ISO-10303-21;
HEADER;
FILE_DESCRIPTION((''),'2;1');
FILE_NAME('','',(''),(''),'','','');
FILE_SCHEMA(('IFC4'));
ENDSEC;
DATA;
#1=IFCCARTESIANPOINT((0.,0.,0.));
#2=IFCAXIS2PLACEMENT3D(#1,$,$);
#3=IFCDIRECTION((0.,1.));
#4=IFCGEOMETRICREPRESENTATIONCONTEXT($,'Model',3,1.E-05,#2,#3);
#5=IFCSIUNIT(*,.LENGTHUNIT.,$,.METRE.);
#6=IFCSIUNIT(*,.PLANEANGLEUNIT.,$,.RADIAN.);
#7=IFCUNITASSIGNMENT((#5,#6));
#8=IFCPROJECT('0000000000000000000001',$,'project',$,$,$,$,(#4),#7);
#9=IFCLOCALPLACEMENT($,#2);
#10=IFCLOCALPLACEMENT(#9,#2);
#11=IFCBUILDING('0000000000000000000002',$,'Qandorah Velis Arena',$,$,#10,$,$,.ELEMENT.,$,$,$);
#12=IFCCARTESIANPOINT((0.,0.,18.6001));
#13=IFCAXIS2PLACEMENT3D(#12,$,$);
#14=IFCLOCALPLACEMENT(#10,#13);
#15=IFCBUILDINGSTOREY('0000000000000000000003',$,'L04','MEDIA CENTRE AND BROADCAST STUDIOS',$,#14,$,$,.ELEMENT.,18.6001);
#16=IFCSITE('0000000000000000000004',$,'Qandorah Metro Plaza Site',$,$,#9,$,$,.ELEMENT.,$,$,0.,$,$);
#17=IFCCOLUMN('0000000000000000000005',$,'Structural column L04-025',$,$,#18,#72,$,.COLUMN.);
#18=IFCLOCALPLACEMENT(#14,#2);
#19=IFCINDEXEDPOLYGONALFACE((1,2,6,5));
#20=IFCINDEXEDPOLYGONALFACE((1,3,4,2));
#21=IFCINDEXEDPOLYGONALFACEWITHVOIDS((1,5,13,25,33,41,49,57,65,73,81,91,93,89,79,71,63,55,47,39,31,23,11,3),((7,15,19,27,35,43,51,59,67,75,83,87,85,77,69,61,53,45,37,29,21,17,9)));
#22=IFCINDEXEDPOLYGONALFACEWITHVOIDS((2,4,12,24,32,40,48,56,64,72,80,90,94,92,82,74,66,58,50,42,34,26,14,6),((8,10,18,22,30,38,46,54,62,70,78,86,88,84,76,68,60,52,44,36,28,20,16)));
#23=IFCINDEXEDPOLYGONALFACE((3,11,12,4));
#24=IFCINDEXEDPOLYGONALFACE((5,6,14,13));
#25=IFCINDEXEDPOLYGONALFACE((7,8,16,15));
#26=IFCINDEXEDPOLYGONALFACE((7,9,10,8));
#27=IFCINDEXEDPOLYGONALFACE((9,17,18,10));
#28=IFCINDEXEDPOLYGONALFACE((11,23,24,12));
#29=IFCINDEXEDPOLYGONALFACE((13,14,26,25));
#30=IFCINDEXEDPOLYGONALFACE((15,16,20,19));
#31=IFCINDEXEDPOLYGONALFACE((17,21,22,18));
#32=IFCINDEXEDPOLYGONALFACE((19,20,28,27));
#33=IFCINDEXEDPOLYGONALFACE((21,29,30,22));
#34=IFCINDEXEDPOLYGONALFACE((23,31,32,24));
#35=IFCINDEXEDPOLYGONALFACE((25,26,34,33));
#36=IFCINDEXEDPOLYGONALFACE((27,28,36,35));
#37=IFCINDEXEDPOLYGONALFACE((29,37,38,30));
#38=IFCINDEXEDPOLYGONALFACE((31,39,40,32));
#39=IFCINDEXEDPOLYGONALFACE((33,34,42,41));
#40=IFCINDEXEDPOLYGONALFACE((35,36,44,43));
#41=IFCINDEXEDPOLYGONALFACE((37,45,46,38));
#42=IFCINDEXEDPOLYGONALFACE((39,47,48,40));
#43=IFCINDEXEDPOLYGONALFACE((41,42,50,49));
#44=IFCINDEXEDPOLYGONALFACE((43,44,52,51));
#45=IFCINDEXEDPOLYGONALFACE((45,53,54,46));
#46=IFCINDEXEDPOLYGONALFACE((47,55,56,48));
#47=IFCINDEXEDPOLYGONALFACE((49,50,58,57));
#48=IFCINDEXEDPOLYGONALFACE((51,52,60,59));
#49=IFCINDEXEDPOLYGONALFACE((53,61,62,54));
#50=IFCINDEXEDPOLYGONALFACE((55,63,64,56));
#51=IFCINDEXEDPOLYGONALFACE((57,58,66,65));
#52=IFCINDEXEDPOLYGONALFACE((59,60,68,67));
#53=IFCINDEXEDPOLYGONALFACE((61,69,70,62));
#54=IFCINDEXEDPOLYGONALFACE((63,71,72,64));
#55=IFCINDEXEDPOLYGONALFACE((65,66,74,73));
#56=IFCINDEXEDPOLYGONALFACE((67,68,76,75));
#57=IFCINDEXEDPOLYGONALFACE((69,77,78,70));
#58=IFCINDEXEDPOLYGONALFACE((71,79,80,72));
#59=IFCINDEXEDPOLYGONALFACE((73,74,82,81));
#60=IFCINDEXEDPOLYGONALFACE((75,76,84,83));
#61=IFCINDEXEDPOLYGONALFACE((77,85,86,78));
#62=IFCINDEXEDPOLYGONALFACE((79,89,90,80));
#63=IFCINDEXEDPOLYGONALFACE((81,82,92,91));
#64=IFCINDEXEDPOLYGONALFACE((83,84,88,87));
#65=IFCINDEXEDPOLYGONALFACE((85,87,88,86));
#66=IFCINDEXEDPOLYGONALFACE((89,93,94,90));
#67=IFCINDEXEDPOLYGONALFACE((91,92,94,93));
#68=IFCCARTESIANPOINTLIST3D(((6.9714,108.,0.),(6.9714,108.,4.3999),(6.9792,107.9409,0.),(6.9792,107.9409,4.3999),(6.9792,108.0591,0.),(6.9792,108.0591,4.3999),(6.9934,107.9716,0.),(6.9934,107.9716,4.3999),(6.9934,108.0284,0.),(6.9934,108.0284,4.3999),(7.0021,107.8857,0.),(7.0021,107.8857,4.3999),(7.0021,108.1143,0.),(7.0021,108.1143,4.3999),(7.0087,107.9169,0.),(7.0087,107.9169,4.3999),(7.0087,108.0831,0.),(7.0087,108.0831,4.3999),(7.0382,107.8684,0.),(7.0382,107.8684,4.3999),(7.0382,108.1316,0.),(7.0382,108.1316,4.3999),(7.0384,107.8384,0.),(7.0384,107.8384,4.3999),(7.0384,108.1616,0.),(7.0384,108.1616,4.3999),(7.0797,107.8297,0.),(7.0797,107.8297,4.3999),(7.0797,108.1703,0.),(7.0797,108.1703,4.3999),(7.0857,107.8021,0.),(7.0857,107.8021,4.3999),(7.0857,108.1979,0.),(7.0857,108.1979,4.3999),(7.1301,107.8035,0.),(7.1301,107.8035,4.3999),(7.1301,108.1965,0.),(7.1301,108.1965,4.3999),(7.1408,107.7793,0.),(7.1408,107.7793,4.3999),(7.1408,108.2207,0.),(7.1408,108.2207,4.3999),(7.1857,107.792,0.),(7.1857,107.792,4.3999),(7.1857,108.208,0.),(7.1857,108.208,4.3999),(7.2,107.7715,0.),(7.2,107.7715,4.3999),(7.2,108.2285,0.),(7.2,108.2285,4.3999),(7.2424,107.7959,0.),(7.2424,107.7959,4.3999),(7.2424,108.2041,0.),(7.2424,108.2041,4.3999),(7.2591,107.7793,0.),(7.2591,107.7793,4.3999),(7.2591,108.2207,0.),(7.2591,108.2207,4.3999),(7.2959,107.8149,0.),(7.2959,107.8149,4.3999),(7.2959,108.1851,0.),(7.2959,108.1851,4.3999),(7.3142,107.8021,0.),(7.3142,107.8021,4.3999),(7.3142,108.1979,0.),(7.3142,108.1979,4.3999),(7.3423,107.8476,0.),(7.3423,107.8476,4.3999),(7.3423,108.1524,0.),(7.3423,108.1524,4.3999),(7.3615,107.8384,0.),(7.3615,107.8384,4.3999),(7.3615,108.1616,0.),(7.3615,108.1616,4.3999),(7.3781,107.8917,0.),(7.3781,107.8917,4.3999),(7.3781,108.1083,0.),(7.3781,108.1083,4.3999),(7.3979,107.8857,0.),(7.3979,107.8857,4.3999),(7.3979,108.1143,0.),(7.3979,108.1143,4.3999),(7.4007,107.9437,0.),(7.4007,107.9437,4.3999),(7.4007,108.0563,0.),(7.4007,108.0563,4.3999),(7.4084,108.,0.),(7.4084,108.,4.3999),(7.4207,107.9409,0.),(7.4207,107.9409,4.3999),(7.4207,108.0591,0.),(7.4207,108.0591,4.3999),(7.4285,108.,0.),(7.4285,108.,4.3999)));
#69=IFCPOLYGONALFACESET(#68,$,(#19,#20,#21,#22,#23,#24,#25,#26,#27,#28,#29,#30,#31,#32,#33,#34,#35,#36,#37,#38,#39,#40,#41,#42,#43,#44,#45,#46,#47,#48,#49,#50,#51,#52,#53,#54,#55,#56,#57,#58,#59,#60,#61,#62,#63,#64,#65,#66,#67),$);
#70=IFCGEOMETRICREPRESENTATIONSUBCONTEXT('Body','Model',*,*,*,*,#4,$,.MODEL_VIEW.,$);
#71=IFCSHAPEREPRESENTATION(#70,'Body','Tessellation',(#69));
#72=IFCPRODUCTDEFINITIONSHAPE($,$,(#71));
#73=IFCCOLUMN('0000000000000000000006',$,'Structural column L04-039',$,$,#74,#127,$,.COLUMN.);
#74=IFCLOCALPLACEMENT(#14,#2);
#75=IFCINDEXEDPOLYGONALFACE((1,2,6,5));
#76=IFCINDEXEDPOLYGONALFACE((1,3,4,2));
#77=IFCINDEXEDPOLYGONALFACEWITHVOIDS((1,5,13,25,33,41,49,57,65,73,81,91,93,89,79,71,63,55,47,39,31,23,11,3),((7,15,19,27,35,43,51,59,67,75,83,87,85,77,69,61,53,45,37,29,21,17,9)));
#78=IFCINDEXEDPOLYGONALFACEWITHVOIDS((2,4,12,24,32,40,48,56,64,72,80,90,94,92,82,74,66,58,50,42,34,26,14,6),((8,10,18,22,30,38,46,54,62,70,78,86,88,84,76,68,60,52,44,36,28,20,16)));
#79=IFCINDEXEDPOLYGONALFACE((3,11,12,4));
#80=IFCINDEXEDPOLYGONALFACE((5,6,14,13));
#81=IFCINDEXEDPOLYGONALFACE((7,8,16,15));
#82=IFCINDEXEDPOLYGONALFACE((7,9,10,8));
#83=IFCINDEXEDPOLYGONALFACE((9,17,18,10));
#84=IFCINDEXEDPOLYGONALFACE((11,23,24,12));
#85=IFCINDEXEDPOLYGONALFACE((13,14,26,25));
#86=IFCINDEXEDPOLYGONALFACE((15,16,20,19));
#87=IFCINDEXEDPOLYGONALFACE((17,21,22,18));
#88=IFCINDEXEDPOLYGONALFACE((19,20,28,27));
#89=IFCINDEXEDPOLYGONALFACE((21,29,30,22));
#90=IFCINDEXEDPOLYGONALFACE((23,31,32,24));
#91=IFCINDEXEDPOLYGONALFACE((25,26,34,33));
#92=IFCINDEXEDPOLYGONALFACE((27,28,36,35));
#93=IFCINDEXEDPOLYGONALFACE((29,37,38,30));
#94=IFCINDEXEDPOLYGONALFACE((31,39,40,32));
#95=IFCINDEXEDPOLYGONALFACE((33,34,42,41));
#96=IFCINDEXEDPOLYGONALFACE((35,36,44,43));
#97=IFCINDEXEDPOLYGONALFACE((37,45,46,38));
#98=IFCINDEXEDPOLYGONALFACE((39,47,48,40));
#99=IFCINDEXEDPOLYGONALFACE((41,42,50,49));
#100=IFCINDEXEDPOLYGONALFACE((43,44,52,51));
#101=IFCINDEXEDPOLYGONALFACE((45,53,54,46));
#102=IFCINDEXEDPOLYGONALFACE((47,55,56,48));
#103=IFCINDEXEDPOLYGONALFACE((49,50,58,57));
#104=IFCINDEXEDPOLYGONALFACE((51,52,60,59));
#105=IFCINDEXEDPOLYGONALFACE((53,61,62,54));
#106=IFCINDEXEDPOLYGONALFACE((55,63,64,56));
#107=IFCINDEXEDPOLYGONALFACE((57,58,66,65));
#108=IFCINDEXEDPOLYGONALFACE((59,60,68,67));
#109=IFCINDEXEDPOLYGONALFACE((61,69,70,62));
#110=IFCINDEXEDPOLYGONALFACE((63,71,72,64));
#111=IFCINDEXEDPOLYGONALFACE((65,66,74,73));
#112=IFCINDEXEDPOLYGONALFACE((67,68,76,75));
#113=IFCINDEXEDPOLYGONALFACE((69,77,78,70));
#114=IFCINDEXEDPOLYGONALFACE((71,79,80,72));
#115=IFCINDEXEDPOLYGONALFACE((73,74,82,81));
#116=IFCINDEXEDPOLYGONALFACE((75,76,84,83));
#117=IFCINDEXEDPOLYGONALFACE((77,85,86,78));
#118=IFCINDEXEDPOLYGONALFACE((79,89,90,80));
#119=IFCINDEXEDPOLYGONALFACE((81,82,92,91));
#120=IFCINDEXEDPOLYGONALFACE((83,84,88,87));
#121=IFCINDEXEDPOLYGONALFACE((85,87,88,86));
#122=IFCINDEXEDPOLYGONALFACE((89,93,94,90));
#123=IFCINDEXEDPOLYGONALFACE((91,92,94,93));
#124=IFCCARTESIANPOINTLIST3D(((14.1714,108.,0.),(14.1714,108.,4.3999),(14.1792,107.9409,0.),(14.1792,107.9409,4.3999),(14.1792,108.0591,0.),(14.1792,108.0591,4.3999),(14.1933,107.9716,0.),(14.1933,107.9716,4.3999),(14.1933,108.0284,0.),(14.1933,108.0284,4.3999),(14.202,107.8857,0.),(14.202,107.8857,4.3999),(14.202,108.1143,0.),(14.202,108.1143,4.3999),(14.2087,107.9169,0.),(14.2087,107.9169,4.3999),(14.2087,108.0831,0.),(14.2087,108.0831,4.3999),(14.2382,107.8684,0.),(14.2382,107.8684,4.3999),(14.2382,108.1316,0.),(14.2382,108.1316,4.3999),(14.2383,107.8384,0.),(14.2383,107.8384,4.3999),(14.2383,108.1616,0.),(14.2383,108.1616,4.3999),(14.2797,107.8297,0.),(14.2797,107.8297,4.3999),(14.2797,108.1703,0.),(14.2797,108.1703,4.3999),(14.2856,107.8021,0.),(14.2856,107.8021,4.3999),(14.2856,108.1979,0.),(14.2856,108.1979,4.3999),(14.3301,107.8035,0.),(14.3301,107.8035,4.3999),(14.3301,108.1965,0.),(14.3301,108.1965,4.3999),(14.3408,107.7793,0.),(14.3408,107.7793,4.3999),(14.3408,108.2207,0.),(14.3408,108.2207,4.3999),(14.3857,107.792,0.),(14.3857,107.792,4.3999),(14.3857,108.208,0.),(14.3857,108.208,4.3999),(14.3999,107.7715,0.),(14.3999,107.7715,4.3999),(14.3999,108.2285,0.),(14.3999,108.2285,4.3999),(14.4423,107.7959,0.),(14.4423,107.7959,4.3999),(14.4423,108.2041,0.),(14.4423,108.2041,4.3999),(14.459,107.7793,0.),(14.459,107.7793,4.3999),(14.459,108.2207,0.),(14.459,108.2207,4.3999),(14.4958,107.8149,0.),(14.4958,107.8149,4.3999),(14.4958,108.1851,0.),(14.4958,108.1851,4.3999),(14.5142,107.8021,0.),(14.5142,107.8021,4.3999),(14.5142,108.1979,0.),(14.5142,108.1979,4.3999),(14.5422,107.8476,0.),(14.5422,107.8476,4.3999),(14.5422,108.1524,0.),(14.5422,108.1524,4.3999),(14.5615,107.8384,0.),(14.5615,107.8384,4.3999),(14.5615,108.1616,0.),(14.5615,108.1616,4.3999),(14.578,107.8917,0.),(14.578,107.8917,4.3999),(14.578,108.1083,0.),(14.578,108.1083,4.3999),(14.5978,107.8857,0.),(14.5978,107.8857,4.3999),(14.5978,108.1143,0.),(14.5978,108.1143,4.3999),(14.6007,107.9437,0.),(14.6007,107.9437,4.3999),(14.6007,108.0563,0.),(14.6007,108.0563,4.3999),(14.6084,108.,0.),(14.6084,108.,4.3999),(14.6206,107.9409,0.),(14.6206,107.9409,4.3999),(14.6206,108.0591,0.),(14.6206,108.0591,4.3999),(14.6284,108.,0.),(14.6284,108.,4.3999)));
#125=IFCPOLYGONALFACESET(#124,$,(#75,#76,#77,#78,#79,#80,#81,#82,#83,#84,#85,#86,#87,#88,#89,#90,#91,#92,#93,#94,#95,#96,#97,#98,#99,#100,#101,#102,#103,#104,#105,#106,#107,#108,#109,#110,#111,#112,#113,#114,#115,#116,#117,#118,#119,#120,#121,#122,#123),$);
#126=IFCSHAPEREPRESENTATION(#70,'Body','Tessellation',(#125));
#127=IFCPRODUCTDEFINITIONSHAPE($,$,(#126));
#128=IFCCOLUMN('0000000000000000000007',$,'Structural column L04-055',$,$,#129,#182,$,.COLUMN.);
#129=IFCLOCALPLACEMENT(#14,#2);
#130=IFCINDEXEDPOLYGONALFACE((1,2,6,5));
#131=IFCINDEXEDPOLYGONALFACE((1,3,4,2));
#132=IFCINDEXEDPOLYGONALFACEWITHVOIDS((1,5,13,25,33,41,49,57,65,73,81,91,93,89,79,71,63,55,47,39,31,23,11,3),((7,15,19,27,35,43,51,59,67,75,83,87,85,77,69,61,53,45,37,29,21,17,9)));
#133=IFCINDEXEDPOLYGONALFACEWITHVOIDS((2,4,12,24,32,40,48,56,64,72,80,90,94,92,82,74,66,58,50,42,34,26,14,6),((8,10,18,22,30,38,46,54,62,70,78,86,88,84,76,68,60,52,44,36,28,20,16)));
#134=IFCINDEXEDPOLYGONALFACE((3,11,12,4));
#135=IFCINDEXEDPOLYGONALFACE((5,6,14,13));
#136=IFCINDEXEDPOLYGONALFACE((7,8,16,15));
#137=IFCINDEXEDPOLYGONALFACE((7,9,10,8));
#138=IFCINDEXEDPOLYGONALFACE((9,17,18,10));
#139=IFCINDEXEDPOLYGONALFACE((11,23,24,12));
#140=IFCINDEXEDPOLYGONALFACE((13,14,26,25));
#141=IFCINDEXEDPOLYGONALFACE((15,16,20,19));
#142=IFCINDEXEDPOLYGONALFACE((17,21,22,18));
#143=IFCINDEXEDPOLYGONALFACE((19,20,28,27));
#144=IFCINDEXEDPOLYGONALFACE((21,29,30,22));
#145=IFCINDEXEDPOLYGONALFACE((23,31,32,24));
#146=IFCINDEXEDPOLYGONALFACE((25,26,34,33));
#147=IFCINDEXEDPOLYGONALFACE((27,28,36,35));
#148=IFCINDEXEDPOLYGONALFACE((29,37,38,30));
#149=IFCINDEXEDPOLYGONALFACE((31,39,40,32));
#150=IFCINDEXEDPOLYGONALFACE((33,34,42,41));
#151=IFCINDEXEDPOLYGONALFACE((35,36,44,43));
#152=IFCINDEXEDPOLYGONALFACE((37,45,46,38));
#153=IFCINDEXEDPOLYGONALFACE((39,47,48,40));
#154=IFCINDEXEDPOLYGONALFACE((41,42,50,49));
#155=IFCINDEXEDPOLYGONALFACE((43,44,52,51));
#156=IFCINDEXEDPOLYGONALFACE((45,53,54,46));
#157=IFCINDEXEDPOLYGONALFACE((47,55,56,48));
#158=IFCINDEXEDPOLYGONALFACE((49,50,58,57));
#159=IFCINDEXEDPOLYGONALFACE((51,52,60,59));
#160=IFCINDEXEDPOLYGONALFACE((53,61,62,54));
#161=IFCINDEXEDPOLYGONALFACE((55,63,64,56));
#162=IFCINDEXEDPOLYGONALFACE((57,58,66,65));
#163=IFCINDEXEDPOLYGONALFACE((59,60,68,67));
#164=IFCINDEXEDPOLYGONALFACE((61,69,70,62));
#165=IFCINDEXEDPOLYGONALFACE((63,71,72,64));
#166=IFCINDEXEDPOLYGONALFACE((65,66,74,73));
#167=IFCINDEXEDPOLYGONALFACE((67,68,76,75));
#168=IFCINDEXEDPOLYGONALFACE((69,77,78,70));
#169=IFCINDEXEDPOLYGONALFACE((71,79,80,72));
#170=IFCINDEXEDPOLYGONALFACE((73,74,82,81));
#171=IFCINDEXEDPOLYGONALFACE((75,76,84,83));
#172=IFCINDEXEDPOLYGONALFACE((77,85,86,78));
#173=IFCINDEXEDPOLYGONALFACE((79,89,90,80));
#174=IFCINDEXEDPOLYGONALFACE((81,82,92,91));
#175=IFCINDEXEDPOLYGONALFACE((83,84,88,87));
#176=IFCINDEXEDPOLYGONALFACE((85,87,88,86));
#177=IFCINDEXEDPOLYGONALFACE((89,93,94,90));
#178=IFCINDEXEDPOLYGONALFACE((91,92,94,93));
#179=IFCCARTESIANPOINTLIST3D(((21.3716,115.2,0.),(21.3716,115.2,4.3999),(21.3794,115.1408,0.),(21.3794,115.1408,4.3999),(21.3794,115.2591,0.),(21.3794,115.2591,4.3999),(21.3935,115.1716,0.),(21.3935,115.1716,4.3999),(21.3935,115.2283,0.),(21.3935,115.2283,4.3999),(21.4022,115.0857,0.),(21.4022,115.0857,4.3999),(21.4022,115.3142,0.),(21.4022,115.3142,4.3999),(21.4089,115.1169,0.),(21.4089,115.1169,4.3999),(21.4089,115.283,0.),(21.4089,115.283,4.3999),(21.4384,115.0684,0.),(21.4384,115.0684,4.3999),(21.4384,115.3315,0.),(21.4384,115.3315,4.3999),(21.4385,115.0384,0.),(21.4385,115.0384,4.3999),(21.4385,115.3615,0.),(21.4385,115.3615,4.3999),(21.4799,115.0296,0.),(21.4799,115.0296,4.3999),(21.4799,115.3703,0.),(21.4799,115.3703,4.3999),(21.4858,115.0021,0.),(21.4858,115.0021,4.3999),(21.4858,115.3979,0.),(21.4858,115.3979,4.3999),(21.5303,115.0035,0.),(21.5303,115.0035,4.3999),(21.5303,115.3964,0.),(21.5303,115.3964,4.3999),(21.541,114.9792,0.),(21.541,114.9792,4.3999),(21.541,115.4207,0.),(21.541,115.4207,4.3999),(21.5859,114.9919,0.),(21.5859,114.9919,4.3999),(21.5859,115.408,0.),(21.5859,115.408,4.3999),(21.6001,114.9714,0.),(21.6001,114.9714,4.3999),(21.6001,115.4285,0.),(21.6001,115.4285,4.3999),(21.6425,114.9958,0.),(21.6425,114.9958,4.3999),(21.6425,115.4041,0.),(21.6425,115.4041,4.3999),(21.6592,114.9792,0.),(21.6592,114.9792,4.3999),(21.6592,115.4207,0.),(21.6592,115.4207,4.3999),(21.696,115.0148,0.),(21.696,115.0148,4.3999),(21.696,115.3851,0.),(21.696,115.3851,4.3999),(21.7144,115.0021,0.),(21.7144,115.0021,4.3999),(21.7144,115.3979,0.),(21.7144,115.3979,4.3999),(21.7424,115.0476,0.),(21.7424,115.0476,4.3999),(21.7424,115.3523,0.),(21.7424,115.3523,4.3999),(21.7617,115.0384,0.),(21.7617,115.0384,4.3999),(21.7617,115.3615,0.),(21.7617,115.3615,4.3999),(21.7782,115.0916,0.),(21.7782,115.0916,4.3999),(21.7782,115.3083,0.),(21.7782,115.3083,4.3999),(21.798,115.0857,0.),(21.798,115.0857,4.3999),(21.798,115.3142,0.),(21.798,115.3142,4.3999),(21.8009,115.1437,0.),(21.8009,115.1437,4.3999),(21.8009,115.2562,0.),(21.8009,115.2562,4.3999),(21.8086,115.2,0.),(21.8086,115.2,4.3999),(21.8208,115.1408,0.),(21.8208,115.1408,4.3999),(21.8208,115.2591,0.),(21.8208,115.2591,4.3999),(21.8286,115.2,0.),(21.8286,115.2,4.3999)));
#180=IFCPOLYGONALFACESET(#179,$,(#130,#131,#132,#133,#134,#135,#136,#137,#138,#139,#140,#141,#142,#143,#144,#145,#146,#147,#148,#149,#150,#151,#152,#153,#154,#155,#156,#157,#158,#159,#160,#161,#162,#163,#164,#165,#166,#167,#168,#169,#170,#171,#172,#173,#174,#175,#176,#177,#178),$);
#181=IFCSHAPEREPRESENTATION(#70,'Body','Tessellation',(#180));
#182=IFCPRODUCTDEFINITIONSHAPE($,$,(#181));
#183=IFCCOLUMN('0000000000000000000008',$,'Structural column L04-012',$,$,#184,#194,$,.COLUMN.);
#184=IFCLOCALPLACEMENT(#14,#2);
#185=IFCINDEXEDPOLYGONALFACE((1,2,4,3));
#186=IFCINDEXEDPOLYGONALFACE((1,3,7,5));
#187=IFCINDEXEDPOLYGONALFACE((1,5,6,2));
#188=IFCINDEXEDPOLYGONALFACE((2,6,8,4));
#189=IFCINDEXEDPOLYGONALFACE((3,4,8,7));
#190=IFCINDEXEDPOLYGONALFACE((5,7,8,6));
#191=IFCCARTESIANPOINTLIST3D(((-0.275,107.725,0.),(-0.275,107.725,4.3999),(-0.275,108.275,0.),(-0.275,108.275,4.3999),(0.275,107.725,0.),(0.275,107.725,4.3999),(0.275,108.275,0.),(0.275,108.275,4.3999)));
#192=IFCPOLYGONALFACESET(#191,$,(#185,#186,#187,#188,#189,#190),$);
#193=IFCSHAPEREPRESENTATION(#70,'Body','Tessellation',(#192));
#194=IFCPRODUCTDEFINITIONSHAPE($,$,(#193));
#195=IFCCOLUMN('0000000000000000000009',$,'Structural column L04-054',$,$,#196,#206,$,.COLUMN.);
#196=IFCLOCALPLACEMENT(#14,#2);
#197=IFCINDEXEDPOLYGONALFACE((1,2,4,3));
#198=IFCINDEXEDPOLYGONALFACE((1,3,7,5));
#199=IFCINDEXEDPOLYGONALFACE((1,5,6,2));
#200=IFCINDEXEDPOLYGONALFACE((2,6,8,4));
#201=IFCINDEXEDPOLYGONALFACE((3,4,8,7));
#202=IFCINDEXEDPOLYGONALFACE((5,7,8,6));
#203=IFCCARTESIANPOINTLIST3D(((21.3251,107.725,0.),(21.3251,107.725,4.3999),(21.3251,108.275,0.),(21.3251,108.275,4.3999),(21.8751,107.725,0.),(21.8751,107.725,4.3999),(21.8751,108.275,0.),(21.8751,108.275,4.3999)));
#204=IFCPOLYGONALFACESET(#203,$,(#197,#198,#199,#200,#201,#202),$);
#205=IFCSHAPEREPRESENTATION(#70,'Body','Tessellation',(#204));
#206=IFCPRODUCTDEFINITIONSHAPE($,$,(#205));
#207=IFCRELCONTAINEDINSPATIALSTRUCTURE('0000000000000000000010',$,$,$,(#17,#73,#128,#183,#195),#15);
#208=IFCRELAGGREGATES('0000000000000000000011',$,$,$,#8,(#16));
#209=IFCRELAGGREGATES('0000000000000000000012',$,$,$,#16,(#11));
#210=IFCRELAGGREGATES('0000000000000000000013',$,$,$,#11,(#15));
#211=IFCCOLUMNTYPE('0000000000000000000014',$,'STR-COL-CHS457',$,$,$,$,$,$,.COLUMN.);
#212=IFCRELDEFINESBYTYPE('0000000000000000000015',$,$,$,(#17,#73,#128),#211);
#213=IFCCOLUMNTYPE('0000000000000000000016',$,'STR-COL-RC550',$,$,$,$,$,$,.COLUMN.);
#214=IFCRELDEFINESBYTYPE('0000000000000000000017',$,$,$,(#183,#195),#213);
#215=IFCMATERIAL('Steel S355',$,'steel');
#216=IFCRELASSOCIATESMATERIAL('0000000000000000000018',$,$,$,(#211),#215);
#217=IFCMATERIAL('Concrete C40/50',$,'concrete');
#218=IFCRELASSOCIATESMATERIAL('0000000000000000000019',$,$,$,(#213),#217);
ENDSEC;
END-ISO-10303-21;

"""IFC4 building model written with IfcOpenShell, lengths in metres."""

from ifc_helpers import new_model, si_unit, direction, frame, origin, origin_2d, place, context, subcontext, project, spatial, rectangle, hollow_circle, extrude, material, material_profile, profile_set, type_object, element, save


model = new_model("IFC4")

# Units and contexts
model_context = context("Model", 3, precision=1e-05, world=origin(), true_north=direction((0.0, 1.0)))
body_context = subcontext(model_context, "Body", "Model", "MODEL_VIEW")
ifc_project = project(units=[si_unit("LENGTHUNIT", "METRE"), si_unit("PLANEANGLEUNIT", "RADIAN")], contexts=[model_context])

# Site, building, storey
site_placement = place(None, origin())
site = spatial("IfcSite", under=ifc_project, at=site_placement, Name="Qandorah Metro Plaza Site", CompositionType="ELEMENT", RefElevation=0.0)
building_placement = place(site_placement, origin())
building = spatial("IfcBuilding", under=site, at=building_placement, Name="Qandorah Velis Arena", CompositionType="ELEMENT")
storey_placement = place(building_placement, frame((0.0, 0.0, 18.6001)))
storey = spatial("IfcBuildingStorey", under=building, at=storey_placement, Name="L04", Description="MEDIA CENTRE AND BROADCAST STUDIOS", CompositionType="ELEMENT", Elevation=18.6001)

# Columns
ifc_material_1 = material(Name="Steel S355", Category="steel")
ifc_material_profile_1 = material_profile(ifc_material_1, hollow_circle(Radius=0.2285, WallThickness=0.02, at=origin_2d()), Name="CHS 457x20")
ifc_profile_set_1 = profile_set([ifc_material_profile_1], Name="Steel S355")
column_type_1 = type_object("IfcColumnType", Name="STR-COL-CHS457", PredefinedType="COLUMN", material=ifc_profile_set_1)
for number, where, z_axis, x_axis, name in (
    (1, (7.2, 108.0, 0.0), (0.0, 0.0, 1.0), (1.0, 0.0, 0.0), "Structural column L04-025"),
    (2, (14.3999, 108.0, 0.0), (0.0, 0.0, 1.0), (1.0, 0.0, 0.0), "Structural column L04-039"),
    (3, (21.6001, 115.2, 0.0), (0.0, 0.0, 1.0), (1.0, 0.0, 0.0), "Structural column L04-055"),
):
    element("IfcColumn", number, at=place(storey_placement, frame(where, z_axis=z_axis, x_axis=x_axis)), inside=storey, type_object=column_type_1, Name=name, PredefinedType="COLUMN", context=body_context, shape_type="SweptSolid", body=[
        extrude(hollow_circle(Radius=0.2285, WallThickness=0.02, at=origin_2d()), origin(), (0.0, 0.0, 1.0), 4.3999),
    ])
ifc_material_2 = material(Name="Concrete C40/50", Category="concrete")
ifc_material_profile_2 = material_profile(ifc_material_2, rectangle(XDim=0.55, YDim=0.55, at=origin_2d()), Name="RC COL 550x550")
ifc_profile_set_2 = profile_set([ifc_material_profile_2], Name="Concrete C40/50")
column_type_2 = type_object("IfcColumnType", Name="STR-COL-RC550", PredefinedType="COLUMN", material=ifc_profile_set_2)
for number, where, z_axis, x_axis, name in (
    (4, (0.0, 108.0, 0.0), (0.0, 0.0, 1.0), (1.0, 0.0, 0.0), "Structural column L04-012"),
    (5, (21.6001, 108.0, 0.0), (0.0, 0.0, 1.0), (1.0, 0.0, 0.0), "Structural column L04-054"),
):
    element("IfcColumn", number, at=place(storey_placement, frame(where, z_axis=z_axis, x_axis=x_axis)), inside=storey, type_object=column_type_2, Name=name, PredefinedType="COLUMN", context=body_context, shape_type="SweptSolid", body=[
        extrude(rectangle(XDim=0.55, YDim=0.55, at=origin_2d()), origin(), (0.0, 0.0, 1.0), 4.3999),
    ])

save(model, "model.ifc")
